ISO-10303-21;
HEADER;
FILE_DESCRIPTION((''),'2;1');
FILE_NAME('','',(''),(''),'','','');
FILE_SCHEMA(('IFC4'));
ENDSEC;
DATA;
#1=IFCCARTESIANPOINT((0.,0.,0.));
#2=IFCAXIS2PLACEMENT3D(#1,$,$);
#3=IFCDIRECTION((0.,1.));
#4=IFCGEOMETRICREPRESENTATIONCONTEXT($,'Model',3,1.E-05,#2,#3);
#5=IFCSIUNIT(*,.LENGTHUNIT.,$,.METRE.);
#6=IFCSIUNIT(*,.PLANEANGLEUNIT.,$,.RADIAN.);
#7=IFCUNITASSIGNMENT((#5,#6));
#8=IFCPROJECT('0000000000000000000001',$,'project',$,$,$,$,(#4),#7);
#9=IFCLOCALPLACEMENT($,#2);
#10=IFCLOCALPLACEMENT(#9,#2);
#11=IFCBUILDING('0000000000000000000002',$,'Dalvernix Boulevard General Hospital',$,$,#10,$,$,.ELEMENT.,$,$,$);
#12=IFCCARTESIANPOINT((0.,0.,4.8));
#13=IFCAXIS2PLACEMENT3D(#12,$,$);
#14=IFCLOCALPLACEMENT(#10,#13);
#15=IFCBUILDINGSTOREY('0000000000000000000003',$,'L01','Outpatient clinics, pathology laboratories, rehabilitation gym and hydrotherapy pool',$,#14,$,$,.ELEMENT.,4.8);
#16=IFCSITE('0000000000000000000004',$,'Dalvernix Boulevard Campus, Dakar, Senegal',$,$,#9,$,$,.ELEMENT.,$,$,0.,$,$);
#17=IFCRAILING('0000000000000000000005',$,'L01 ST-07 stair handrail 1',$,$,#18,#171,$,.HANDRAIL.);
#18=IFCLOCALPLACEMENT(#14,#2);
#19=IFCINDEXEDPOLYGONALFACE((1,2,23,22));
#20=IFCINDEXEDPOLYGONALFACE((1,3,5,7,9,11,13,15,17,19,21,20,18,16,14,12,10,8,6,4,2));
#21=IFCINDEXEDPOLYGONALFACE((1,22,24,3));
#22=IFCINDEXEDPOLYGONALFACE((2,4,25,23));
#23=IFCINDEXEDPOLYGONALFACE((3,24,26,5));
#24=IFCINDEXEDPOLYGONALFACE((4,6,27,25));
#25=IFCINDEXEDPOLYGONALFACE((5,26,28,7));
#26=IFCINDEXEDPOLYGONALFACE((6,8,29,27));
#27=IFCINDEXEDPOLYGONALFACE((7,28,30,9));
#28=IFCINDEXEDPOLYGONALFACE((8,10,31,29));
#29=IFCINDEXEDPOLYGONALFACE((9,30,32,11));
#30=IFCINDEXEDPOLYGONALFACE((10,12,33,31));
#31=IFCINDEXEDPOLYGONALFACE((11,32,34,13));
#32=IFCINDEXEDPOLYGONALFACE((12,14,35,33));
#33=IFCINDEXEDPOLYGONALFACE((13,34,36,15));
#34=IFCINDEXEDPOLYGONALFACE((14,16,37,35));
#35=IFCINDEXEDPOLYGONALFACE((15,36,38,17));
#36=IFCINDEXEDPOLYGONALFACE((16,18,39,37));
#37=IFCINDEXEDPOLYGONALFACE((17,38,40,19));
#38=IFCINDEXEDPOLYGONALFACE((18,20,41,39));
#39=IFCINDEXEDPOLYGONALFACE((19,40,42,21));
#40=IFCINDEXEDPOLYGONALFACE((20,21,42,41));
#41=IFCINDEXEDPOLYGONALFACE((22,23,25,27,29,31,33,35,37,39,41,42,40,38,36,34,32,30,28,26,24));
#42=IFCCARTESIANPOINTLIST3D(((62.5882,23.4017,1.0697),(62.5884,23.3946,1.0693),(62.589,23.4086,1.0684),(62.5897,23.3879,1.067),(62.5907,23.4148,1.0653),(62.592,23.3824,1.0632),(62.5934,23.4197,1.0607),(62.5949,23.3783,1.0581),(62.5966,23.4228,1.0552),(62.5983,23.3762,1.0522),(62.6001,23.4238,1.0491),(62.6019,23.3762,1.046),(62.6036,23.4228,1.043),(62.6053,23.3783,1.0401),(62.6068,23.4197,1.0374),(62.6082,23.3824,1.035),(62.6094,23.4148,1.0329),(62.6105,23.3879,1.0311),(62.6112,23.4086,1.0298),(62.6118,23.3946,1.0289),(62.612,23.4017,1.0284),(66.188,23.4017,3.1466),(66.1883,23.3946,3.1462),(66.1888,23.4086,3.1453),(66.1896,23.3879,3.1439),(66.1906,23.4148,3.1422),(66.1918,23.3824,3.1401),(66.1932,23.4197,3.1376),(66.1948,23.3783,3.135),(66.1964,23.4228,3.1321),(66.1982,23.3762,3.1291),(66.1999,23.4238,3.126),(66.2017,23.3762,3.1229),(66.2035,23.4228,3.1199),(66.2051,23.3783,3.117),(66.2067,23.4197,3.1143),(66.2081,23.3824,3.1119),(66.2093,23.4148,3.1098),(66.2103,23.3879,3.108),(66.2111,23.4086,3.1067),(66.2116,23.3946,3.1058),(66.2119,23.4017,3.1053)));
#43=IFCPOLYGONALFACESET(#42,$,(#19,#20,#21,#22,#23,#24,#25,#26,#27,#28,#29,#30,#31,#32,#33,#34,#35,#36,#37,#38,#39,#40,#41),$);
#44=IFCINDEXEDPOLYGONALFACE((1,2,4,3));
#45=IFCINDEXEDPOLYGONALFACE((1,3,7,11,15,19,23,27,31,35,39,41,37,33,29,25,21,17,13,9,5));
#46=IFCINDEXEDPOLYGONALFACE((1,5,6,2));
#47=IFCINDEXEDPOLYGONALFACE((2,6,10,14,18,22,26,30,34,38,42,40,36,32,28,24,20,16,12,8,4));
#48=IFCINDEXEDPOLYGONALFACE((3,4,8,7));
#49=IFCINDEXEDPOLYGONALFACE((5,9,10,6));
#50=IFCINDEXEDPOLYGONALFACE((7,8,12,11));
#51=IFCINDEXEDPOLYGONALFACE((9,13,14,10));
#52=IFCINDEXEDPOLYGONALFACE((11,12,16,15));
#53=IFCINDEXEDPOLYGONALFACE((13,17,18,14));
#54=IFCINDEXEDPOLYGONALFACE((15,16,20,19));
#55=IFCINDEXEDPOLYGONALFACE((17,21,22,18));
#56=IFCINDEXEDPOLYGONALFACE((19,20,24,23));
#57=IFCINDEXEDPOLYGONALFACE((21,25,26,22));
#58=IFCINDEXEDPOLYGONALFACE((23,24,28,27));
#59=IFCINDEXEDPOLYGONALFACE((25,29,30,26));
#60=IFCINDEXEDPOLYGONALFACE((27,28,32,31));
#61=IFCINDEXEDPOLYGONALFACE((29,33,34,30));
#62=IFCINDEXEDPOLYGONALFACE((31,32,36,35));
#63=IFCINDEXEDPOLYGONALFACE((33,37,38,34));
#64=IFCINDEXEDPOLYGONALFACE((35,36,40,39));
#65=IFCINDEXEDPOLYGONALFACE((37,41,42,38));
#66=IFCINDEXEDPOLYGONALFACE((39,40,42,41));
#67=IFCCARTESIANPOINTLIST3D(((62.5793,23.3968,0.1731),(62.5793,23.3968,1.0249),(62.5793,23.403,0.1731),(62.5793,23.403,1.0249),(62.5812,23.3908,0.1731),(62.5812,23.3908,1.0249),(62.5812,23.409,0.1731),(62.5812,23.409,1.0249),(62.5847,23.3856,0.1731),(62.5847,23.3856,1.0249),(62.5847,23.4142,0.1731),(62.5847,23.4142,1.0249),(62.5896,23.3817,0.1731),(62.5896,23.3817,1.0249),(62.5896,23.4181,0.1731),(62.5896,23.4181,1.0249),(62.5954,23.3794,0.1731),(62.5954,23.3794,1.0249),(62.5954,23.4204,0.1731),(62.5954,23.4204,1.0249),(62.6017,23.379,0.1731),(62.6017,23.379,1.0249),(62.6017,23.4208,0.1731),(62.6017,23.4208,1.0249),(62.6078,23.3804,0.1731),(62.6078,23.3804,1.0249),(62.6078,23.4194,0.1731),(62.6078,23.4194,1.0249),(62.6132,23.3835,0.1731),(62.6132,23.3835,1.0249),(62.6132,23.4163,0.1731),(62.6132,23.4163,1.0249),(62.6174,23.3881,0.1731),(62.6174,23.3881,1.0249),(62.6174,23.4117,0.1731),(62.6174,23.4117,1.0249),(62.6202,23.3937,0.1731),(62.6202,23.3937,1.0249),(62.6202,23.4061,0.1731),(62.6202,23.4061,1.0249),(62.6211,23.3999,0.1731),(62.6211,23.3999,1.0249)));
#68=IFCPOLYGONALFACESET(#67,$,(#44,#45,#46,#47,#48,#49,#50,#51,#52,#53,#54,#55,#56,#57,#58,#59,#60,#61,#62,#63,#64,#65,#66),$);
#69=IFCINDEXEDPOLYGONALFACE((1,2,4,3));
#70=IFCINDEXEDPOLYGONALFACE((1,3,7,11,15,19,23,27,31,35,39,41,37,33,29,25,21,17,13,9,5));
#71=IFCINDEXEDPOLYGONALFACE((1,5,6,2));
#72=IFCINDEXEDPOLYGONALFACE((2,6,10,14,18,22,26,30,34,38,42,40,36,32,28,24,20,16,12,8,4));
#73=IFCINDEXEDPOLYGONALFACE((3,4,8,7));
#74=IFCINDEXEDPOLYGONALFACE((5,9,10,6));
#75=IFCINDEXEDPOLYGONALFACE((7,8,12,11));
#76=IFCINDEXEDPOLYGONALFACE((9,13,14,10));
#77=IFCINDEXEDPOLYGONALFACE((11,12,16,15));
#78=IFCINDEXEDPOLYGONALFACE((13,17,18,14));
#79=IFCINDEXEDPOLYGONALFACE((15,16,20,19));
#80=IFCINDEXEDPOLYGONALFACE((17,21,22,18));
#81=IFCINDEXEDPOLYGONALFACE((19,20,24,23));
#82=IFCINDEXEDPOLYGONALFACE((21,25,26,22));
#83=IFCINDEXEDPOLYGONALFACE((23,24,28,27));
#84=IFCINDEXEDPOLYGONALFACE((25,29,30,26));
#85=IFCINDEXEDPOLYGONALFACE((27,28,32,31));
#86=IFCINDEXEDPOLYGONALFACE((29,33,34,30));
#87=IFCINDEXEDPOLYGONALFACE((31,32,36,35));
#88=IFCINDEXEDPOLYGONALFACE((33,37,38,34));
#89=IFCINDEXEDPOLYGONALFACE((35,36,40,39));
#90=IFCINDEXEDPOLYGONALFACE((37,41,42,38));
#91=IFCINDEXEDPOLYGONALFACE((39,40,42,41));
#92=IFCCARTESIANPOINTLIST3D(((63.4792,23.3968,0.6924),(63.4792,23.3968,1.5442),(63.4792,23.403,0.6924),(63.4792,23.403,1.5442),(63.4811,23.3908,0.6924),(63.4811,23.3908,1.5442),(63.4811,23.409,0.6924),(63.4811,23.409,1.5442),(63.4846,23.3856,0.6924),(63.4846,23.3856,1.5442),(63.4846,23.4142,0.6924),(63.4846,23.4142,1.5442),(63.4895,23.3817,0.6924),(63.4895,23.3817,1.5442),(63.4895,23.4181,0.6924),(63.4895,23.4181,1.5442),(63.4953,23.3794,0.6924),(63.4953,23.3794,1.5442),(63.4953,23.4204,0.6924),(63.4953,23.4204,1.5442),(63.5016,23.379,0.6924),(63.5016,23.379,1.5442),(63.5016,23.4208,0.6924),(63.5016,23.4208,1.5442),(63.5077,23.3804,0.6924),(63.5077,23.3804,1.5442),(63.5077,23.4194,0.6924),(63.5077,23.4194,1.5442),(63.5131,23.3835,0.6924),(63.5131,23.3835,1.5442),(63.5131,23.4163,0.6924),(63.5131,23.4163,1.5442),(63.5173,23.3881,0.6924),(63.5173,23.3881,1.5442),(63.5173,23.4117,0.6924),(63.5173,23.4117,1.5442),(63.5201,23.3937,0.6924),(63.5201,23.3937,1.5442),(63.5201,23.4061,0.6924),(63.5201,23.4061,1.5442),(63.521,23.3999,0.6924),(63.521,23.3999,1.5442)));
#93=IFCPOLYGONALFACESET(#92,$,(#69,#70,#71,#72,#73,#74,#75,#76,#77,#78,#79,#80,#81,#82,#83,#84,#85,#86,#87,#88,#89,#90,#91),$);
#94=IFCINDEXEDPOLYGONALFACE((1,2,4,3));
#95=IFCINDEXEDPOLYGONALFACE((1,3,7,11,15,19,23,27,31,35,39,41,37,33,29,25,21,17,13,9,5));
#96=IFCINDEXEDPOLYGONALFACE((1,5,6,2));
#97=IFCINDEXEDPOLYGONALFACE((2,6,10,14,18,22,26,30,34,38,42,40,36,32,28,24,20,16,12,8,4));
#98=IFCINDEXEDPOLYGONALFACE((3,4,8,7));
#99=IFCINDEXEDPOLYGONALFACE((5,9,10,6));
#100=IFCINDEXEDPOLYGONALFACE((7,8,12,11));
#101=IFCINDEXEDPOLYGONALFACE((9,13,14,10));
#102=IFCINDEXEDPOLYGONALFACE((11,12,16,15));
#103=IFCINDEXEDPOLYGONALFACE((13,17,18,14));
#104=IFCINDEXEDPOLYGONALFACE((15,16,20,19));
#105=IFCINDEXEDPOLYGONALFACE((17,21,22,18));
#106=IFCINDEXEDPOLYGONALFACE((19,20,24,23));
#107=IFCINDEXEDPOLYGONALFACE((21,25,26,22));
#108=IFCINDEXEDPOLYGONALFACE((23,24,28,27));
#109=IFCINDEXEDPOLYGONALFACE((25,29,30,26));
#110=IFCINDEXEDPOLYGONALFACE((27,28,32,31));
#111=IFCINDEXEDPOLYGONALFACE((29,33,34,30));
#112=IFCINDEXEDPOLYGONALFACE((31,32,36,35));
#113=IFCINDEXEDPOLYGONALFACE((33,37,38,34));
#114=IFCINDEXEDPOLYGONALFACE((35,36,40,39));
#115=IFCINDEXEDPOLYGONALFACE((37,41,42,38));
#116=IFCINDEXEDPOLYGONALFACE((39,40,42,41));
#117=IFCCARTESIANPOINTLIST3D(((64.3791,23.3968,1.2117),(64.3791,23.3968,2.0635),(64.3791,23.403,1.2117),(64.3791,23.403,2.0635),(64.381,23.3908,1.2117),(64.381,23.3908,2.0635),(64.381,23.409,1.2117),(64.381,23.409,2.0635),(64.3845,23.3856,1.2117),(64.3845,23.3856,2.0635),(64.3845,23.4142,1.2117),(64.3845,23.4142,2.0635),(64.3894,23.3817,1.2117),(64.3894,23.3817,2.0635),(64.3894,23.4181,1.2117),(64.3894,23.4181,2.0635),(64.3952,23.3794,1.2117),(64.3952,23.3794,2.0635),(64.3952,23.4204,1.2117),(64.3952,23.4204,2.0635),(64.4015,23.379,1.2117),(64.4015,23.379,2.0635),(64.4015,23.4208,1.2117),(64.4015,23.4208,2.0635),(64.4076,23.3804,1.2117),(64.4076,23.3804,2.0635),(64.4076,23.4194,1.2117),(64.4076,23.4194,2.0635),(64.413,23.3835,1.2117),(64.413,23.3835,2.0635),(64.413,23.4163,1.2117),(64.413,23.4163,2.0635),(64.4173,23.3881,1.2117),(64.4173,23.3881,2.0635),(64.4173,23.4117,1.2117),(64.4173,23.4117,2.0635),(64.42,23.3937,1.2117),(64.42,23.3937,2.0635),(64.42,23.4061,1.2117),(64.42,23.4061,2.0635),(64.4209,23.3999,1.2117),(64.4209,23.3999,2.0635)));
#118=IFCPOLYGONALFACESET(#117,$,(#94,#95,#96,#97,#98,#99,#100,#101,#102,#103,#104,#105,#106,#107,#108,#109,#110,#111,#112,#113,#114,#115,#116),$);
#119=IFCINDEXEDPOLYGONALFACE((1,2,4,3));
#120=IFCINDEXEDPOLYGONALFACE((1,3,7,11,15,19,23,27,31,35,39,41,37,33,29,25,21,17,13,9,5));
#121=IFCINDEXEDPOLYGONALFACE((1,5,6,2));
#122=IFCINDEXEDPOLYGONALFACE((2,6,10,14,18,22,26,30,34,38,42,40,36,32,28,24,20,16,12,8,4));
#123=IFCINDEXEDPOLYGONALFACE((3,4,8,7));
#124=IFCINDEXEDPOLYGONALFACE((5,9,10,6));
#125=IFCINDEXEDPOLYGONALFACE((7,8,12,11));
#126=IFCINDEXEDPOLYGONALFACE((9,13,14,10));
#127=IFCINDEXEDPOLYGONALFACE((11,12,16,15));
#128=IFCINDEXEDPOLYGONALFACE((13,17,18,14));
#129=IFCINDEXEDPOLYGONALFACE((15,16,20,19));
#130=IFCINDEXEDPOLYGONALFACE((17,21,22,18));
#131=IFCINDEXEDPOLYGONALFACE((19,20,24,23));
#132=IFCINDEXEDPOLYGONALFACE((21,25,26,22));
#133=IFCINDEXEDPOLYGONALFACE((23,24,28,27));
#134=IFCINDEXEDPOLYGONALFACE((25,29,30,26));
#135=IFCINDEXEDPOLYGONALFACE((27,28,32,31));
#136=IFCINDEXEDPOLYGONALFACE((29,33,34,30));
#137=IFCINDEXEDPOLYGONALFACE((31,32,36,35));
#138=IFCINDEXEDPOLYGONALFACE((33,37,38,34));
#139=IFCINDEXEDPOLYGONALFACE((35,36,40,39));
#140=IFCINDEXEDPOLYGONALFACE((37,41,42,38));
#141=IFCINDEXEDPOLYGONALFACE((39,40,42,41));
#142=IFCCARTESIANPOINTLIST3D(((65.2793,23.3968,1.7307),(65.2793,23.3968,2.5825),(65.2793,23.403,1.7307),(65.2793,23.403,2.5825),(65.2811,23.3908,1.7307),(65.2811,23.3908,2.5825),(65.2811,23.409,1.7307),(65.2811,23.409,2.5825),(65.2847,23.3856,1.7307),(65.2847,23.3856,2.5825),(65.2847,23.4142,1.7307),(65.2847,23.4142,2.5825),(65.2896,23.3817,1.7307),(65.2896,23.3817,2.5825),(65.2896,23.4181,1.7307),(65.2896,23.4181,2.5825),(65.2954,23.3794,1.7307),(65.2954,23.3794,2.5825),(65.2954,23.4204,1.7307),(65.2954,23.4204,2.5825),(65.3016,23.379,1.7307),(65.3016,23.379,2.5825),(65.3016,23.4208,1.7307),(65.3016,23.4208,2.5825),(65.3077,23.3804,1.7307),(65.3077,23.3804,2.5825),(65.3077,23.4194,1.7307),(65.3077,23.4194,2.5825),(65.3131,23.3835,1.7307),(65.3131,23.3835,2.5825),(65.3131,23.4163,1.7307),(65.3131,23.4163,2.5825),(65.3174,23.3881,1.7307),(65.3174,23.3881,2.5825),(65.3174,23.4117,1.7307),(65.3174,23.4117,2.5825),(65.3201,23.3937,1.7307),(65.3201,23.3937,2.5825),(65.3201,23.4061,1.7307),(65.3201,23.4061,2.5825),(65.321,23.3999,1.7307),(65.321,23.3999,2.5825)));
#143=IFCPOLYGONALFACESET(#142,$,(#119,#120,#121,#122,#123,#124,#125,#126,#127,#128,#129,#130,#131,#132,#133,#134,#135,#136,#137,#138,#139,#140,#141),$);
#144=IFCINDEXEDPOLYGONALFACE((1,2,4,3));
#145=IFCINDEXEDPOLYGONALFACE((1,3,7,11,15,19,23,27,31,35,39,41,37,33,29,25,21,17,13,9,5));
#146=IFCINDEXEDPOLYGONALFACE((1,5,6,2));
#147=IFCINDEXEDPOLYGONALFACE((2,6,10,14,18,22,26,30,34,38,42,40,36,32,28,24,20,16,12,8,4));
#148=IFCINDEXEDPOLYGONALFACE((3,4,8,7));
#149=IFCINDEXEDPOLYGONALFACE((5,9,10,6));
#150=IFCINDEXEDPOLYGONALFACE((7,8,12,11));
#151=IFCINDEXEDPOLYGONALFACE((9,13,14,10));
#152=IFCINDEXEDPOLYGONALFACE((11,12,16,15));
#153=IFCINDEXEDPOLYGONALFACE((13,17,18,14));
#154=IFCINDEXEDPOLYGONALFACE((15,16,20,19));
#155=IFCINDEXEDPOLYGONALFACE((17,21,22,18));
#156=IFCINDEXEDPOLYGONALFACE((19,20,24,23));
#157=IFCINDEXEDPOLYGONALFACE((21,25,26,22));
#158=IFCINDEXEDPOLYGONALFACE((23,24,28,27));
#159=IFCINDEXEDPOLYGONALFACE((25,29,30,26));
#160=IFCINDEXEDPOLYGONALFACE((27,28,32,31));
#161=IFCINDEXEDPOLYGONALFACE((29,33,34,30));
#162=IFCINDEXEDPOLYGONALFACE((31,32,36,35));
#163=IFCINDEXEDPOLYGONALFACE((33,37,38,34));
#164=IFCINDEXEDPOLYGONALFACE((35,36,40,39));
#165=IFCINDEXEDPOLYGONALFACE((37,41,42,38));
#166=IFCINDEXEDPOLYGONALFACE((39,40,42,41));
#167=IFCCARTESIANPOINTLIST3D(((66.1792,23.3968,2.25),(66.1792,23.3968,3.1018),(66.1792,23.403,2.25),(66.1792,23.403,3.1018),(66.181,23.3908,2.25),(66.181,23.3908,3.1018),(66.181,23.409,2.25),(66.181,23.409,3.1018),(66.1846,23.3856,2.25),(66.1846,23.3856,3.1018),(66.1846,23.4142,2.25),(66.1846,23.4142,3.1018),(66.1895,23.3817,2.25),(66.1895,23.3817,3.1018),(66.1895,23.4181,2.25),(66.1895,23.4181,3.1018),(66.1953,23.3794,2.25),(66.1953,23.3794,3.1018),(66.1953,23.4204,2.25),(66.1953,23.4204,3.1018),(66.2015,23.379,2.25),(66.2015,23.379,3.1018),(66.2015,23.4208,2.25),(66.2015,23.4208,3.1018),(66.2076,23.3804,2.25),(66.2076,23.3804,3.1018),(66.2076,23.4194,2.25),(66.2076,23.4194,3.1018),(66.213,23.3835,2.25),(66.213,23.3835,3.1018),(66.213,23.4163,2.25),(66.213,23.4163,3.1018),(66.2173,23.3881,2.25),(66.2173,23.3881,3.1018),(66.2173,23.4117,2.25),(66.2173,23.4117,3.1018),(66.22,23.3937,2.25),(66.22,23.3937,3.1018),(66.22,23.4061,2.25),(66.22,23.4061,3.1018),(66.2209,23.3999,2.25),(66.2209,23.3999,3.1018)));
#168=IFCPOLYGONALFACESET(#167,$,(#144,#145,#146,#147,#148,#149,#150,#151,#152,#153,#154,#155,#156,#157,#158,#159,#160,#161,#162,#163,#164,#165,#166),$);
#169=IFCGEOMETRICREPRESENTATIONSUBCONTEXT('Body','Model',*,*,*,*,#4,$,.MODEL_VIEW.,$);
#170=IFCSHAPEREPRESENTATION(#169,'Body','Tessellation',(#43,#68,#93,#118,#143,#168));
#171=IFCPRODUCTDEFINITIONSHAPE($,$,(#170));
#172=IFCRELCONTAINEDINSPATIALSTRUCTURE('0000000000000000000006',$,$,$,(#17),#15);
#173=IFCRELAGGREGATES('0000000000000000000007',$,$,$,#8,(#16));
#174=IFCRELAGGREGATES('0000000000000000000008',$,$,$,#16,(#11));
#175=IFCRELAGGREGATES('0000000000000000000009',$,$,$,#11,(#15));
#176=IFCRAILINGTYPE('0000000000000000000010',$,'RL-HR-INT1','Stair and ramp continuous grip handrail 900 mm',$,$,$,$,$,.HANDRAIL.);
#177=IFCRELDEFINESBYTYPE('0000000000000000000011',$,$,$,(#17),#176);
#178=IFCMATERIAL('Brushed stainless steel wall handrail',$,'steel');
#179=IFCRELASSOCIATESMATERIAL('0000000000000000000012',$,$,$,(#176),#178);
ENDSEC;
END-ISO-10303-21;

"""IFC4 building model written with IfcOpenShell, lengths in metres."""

from ifc_helpers import new_model, si_unit, direction, frame, origin, origin_2d, place, context, subcontext, project, spatial, circle, extrude, material, type_object, element, save


model = new_model("IFC4")

# Units and contexts
model_context = context("Model", 3, precision=1e-05, world=origin(), true_north=direction((0.0, 1.0)))
body_context = subcontext(model_context, "Body", "Model", "MODEL_VIEW")
ifc_project = project(units=[si_unit("LENGTHUNIT", "METRE"), si_unit("PLANEANGLEUNIT", "RADIAN")], contexts=[model_context])

# Site, building, storey
site_placement = place(None, origin())
site = spatial("IfcSite", under=ifc_project, at=site_placement, Name="Dalvernix Boulevard Campus, Dakar, Senegal", CompositionType="ELEMENT", RefElevation=0.0)
building_placement = place(site_placement, origin())
building = spatial("IfcBuilding", under=site, at=building_placement, Name="Dalvernix Boulevard General Hospital", CompositionType="ELEMENT")
storey_placement = place(building_placement, frame((0.0, 0.0, 4.8)))
storey = spatial("IfcBuildingStorey", under=building, at=storey_placement, Name="L01", Description="Outpatient clinics, pathology laboratories, rehabilitation gym and hydrotherapy pool", CompositionType="ELEMENT", Elevation=4.8)

# Railing
ifc_material_1 = material(Name="Brushed stainless steel wall handrail", Category="steel")
railing_type_1 = type_object("IfcRailingType", Name="RL-HR-INT1", Description="Stair and ramp continuous grip handrail 900 mm", PredefinedType="HANDRAIL", material=ifc_material_1)
railing_1_placement = place(storey_placement, frame((62.6001, 23.3999, 0.1731)))
element("IfcRailing", 1, at=railing_1_placement, inside=storey, type_object=railing_type_1, Name="L01 ST-07 stair handrail 1", PredefinedType="HANDRAIL", context=body_context, shape_type="SweptSolid", body=[
    extrude(circle(Radius=0.0239, at=origin_2d()), frame((0.0, 0.0, 0.876), z_axis=(0.866179, 0.0, 0.499734), x_axis=(0.0, 1.0, 0.0)), (0.0, 0.0, 1.0), 4.156),
    extrude(circle(Radius=0.021, at=origin_2d()), origin(), (0.0, 0.0, 1.0), 0.8518),
    extrude(circle(Radius=0.021, at=origin_2d()), frame((0.8999, 0.0, 0.5193)), (0.0, 0.0, 1.0), 0.8518),
    extrude(circle(Radius=0.021, at=origin_2d()), frame((1.7998, 0.0, 1.0386)), (0.0, 0.0, 1.0), 0.8518),
    extrude(circle(Radius=0.021, at=origin_2d()), frame((2.7, 0.0, 1.5576)), (0.0, 0.0, 1.0), 0.8518),
    extrude(circle(Radius=0.021, at=origin_2d()), frame((3.5999, 0.0, 2.0769)), (0.0, 0.0, 1.0), 0.8518),
])

save(model, "model.ifc")
